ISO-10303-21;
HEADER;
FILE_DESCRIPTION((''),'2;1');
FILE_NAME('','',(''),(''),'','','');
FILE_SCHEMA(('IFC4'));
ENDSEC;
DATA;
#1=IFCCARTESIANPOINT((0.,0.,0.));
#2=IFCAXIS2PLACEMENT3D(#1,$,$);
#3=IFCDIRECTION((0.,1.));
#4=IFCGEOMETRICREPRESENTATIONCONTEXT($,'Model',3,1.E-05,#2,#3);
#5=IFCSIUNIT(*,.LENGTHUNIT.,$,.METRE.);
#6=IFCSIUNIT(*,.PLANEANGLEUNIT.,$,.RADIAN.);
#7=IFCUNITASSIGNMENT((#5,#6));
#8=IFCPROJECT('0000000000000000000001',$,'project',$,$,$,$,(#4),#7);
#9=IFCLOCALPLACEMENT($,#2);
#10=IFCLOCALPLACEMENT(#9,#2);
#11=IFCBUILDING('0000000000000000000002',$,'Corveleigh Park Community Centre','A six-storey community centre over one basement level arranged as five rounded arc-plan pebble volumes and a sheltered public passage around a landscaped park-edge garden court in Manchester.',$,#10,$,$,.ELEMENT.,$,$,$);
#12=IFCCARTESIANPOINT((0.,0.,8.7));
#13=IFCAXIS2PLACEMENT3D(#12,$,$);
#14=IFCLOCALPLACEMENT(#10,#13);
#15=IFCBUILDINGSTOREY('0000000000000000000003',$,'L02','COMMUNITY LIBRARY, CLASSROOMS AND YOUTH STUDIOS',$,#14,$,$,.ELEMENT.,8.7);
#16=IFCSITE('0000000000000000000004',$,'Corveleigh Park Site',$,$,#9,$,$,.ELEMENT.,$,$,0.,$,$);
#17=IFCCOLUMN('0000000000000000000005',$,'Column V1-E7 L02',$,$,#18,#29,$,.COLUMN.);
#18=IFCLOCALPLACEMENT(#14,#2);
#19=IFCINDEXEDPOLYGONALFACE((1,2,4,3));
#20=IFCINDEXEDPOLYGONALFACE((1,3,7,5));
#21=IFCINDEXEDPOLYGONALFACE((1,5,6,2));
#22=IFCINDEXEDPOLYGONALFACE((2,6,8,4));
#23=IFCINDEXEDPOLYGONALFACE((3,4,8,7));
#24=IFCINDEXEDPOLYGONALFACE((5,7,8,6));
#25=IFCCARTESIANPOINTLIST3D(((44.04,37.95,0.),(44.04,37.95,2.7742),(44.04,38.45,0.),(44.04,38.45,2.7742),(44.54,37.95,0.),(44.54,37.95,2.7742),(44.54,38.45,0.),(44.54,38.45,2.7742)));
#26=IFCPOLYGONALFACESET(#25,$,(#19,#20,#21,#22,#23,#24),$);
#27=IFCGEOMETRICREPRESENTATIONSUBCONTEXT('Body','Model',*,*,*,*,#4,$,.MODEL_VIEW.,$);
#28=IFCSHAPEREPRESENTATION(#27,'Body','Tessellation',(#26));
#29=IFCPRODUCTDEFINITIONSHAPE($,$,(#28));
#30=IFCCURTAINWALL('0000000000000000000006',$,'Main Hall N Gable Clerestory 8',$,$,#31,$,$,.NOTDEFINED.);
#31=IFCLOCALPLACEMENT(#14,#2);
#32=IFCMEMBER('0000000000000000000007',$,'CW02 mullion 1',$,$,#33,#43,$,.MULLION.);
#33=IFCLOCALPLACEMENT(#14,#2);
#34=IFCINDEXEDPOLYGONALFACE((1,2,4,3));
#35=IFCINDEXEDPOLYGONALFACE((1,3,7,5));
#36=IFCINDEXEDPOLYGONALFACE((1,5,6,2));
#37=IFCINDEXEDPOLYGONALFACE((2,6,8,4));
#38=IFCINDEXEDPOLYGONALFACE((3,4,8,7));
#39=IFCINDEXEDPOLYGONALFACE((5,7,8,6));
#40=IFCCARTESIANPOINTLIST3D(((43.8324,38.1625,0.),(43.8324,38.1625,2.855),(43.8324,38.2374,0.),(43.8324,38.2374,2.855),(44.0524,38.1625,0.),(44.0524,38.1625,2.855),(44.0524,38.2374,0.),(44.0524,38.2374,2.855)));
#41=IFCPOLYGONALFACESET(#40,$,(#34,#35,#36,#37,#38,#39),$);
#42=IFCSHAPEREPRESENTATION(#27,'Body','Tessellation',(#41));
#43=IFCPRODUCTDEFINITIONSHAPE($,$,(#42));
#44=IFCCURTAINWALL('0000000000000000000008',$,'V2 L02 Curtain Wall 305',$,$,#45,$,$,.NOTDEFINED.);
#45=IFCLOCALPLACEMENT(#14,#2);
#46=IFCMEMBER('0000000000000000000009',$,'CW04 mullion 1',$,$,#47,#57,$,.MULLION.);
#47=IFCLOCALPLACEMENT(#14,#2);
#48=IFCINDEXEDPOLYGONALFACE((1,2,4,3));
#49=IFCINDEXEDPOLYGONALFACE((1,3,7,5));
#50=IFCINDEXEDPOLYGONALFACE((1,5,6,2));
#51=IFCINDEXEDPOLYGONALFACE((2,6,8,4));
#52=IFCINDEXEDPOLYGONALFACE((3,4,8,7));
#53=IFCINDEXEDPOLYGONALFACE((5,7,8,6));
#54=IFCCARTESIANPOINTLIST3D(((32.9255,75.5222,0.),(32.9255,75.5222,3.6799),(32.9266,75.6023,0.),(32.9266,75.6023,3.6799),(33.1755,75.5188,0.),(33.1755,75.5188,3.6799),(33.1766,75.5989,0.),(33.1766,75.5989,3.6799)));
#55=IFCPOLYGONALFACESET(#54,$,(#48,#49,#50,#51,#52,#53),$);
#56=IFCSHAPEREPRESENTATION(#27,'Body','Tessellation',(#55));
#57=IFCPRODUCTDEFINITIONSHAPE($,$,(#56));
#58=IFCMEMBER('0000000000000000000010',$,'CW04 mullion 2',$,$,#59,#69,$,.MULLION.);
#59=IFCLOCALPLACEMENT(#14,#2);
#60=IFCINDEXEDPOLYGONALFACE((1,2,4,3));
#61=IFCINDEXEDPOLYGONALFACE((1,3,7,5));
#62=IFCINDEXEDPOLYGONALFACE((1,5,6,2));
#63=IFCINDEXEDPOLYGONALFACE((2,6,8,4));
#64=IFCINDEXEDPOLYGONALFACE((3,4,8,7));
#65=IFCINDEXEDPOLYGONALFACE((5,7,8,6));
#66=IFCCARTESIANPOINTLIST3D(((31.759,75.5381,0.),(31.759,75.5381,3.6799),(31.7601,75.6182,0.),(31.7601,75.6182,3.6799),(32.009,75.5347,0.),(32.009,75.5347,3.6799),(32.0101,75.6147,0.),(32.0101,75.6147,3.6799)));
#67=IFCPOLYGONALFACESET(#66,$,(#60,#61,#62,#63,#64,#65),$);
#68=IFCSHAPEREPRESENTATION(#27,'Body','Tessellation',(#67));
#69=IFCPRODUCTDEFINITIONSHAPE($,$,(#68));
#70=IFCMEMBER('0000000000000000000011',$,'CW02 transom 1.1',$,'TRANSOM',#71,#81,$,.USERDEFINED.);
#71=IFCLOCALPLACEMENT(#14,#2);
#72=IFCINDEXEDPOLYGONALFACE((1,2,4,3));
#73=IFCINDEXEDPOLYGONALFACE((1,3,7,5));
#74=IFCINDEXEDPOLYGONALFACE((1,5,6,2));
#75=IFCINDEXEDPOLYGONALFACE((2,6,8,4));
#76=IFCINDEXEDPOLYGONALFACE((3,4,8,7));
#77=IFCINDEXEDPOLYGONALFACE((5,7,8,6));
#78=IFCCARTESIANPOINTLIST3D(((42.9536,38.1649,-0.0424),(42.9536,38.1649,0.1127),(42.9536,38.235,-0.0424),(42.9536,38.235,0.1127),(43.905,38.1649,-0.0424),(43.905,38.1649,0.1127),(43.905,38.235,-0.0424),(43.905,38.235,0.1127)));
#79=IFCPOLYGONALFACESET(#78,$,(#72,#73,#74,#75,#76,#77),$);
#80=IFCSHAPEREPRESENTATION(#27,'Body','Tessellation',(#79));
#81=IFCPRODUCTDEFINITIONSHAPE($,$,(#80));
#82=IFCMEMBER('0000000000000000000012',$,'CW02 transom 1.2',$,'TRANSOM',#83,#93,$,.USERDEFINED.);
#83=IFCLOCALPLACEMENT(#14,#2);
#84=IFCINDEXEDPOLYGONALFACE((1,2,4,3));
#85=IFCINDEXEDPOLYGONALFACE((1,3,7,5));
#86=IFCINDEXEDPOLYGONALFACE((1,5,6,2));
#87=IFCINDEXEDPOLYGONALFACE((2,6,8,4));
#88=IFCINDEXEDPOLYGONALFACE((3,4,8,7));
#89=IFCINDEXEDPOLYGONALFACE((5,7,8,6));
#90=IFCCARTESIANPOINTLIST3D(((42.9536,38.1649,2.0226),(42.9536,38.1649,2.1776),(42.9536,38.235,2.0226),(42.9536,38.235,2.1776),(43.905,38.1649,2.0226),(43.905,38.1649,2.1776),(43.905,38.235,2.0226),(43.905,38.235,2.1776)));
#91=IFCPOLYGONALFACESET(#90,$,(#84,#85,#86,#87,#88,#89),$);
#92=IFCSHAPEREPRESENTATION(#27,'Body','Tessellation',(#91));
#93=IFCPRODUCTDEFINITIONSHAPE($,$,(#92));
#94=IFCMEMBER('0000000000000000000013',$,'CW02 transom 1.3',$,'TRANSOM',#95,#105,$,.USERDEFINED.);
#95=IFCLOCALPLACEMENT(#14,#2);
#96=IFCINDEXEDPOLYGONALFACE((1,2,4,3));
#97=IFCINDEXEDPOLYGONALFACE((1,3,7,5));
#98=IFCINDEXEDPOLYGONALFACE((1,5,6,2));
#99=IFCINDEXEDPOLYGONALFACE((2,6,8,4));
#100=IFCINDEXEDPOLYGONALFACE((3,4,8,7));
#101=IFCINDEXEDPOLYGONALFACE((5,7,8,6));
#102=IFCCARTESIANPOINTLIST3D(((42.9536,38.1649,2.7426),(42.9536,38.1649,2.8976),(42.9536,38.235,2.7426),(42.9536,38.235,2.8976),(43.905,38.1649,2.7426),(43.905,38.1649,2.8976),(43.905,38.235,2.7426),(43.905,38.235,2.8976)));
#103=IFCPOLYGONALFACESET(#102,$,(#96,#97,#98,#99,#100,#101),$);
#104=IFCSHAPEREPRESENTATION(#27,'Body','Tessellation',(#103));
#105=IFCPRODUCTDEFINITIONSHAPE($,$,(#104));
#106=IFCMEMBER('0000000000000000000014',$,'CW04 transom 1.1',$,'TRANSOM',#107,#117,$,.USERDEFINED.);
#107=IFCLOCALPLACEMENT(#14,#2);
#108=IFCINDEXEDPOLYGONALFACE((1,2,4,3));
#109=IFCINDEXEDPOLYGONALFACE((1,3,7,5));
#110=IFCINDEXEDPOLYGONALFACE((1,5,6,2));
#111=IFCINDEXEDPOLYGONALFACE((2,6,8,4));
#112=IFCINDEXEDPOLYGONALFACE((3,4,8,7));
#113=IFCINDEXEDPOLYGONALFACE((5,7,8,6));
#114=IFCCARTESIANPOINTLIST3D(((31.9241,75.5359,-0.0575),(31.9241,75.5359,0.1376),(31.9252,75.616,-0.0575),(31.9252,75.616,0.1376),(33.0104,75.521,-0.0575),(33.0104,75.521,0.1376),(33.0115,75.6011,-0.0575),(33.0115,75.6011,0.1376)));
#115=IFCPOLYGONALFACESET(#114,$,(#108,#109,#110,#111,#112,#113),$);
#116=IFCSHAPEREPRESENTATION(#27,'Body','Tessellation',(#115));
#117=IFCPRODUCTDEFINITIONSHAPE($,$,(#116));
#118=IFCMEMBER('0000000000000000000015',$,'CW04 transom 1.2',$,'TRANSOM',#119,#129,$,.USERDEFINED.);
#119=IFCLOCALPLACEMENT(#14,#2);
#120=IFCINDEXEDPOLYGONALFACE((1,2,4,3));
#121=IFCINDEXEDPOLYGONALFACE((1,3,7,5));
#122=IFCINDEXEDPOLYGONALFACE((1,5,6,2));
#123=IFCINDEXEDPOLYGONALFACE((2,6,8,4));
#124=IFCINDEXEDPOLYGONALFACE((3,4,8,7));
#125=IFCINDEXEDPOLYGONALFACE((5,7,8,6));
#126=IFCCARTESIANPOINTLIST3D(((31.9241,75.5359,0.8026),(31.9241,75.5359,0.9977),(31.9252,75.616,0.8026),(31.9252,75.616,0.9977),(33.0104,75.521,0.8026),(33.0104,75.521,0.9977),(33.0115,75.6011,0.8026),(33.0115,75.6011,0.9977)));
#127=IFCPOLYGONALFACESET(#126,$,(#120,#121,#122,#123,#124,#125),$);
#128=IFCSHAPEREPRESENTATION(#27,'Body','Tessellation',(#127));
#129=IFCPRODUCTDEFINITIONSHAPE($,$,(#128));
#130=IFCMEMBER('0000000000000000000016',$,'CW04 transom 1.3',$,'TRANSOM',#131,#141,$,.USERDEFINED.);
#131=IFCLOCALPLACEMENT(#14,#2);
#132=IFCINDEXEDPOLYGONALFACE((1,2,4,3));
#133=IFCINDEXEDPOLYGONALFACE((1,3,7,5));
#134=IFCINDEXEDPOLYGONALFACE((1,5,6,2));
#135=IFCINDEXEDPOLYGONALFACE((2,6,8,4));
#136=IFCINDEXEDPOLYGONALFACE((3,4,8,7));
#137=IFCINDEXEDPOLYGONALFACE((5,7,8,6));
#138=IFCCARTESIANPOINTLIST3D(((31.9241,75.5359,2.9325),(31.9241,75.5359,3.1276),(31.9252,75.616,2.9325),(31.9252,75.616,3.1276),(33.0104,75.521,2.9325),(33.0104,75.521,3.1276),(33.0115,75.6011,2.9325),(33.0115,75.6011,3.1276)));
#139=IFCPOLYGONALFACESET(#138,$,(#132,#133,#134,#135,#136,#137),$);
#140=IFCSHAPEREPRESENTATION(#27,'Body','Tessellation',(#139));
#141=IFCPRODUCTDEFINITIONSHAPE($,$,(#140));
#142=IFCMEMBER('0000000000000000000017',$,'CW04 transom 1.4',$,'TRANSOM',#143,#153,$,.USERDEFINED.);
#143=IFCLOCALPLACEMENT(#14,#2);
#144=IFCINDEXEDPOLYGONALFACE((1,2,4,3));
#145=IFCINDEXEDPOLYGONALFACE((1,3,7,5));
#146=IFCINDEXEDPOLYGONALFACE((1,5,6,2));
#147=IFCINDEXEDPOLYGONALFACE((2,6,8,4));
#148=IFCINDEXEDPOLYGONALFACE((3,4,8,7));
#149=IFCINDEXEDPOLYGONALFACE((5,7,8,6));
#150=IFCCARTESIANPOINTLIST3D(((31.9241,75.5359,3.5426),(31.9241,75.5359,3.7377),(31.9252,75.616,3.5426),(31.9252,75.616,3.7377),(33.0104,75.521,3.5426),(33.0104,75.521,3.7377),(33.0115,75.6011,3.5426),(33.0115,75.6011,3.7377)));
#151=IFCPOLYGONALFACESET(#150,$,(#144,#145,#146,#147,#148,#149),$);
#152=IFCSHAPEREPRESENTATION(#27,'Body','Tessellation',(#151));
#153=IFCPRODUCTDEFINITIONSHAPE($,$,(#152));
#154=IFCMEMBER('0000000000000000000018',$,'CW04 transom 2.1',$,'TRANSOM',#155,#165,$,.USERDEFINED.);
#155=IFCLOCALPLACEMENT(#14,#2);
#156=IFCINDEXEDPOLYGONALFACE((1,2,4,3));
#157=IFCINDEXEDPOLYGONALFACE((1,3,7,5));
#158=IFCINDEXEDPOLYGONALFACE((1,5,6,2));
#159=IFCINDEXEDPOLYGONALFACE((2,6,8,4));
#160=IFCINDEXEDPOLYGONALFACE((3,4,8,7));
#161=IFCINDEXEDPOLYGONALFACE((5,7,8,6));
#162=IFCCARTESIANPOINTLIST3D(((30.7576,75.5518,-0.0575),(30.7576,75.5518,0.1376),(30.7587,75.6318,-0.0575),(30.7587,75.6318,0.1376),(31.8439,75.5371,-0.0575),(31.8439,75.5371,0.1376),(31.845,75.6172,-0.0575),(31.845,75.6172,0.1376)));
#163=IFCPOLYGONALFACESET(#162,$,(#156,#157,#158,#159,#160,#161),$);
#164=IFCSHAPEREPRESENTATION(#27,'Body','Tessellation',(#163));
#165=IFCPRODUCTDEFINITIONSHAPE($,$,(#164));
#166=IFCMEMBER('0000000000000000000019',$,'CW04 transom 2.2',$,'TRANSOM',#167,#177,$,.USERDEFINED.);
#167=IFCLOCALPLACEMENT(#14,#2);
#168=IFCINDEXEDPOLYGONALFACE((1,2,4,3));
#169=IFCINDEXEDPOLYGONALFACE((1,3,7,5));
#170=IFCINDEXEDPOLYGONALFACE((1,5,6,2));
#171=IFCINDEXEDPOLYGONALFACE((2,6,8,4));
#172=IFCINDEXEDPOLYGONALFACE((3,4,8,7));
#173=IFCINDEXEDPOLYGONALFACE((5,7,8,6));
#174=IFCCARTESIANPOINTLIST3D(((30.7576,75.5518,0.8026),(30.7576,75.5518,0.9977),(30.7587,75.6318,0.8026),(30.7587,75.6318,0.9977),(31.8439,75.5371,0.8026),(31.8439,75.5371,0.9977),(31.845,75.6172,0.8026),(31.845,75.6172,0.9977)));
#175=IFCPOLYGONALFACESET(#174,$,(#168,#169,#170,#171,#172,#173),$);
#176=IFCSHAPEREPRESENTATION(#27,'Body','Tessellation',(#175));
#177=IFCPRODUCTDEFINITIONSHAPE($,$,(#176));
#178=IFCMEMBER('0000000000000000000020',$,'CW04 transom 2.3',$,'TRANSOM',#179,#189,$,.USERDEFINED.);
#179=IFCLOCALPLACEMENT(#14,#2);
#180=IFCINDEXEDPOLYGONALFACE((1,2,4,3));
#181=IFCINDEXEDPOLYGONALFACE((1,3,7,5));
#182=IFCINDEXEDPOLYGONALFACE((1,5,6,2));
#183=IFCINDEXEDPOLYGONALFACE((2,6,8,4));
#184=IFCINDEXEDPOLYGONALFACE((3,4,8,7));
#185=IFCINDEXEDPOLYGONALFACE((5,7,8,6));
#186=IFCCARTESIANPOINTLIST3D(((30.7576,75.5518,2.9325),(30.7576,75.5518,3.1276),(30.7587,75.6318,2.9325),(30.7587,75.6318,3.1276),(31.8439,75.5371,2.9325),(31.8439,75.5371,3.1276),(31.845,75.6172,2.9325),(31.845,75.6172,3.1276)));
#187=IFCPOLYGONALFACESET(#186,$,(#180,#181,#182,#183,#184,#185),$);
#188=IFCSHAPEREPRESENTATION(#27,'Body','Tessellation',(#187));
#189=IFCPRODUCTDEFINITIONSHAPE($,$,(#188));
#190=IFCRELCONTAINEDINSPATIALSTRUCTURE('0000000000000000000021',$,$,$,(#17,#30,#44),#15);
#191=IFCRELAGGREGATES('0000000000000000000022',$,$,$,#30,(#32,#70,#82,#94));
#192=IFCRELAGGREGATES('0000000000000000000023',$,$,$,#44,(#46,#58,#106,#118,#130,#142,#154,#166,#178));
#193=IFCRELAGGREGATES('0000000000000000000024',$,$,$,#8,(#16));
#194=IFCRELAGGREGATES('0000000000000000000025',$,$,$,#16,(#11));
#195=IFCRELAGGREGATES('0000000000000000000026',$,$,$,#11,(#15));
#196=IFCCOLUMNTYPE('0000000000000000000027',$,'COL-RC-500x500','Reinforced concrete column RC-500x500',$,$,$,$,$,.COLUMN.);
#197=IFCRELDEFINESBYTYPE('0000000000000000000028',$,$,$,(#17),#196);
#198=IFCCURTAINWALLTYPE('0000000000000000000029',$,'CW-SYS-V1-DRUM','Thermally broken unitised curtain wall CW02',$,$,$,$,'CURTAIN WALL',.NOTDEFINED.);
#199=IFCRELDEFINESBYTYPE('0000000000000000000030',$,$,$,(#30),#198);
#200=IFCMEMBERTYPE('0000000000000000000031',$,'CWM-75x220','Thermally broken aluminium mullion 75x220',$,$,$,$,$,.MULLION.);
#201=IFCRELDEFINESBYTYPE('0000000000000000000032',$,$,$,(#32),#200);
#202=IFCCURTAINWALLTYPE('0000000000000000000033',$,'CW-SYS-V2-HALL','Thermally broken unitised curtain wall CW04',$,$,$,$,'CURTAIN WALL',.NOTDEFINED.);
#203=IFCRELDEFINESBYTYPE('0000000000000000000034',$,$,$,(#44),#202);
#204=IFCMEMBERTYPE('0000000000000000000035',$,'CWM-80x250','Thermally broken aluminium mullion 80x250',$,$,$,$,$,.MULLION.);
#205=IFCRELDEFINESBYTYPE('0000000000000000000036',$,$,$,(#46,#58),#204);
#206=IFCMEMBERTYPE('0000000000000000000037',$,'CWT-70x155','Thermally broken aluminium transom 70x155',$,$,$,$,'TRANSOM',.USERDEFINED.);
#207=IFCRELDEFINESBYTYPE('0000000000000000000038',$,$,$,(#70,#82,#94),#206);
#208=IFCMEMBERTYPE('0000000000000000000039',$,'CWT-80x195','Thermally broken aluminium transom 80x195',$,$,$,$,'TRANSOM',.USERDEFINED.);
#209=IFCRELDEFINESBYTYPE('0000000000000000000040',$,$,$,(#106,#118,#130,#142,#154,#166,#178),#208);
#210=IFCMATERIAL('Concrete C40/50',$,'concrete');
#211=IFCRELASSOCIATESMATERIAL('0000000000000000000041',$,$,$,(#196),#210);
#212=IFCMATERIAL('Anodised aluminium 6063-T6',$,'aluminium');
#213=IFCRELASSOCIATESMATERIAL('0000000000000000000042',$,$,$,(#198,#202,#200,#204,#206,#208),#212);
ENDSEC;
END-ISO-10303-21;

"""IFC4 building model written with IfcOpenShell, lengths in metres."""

from ifc_helpers import new_model, si_unit, direction, frame, origin, origin_2d, place, context, subcontext, project, spatial, rectangle, extrude, material, material_profile, profile_set, type_object, element, aggregate, save


model = new_model("IFC4")

# Units and contexts
model_context = context("Model", 3, precision=1e-05, world=origin(), true_north=direction((0.0, 1.0)))
body_context = subcontext(model_context, "Body", "Model", "MODEL_VIEW")
ifc_project = project(units=[si_unit("LENGTHUNIT", "METRE"), si_unit("PLANEANGLEUNIT", "RADIAN")], contexts=[model_context])

# Site, building, storey
site_placement = place(None, origin())
site = spatial("IfcSite", under=ifc_project, at=site_placement, Name="Corveleigh Park Site", CompositionType="ELEMENT", RefElevation=0.0)
building_placement = place(site_placement, origin())
building = spatial("IfcBuilding", under=site, at=building_placement, Name="Corveleigh Park Community Centre", Description="A six-storey community centre over one basement level arranged as five rounded arc-plan pebble volumes and a sheltered public passage around a landscaped park-edge garden court in Manchester.", CompositionType="ELEMENT")
storey_placement = place(building_placement, frame((0.0, 0.0, 8.7)))
storey = spatial("IfcBuildingStorey", under=building, at=storey_placement, Name="L02", Description="COMMUNITY LIBRARY, CLASSROOMS AND YOUTH STUDIOS", CompositionType="ELEMENT", Elevation=8.7)

# Column
ifc_material_1 = material(Name="Concrete C40/50", Category="concrete")
ifc_material_profile_1 = material_profile(ifc_material_1, rectangle(XDim=0.5, YDim=0.5, at=origin_2d()), Name="RC-500x500", Category="concrete")
ifc_profile_set_1 = profile_set([ifc_material_profile_1], Name="Concrete C40/50")
column_type = type_object("IfcColumnType", Name="COL-RC-500x500", Description="Reinforced concrete column RC-500x500", PredefinedType="COLUMN", material=ifc_profile_set_1)
column_placement = place(storey_placement, frame((44.29, 38.2, 0.0), z_axis=(0.0, 0.0, 1.0), x_axis=(1.0, 0.0, 0.0)))
element("IfcColumn", 1, at=column_placement, inside=storey, type_object=column_type, Name="Column V1-E7 L02", PredefinedType="COLUMN", context=body_context, shape_type="SweptSolid", body=[
    extrude(rectangle(XDim=0.5, YDim=0.5, at=origin_2d()), origin(), (0.0, 0.0, 1.0), 2.7742),
])

# Curtain wall, member
ifc_material_2 = material(Name="Anodised aluminium 6063-T6", Category="aluminium")
curtain_wall_type_1 = type_object("IfcCurtainWallType", Name="CW-SYS-V1-DRUM", Description="Thermally broken unitised curtain wall CW02", ElementType="CURTAIN WALL", PredefinedType="NOTDEFINED", material=ifc_material_2)
curtain_wall_1_placement = place(storey_placement, origin())
curtain_wall_1 = element("IfcCurtainWall", 2, at=curtain_wall_1_placement, inside=storey, type_object=curtain_wall_type_1, Name="Main Hall N Gable Clerestory 8", PredefinedType="NOTDEFINED")
ifc_material_profile_2 = material_profile(ifc_material_2, rectangle(XDim=0.075, YDim=0.22, at=origin_2d()), Name="ALU-M75x220", Category="aluminium")
ifc_profile_set_2 = profile_set([ifc_material_profile_2], Name="Anodised aluminium 6063-T6")
member_type_1 = type_object("IfcMemberType", Name="CWM-75x220", Description="Thermally broken aluminium mullion 75x220", PredefinedType="MULLION", material=ifc_profile_set_2)
member_1_placement = place(storey_placement, frame((43.9424, 38.2, 0.0), z_axis=(0.0, 0.0, 1.0), x_axis=(0.0, -1.0, 0.0)))
member_1 = element("IfcMember", 3, at=member_1_placement, type_object=member_type_1, Name="CW02 mullion 1", PredefinedType="MULLION", context=body_context, shape_type="SweptSolid", body=[
    extrude(rectangle(XDim=0.075, YDim=0.22, at=origin_2d()), origin(), (0.0, 0.0, 1.0), 2.855),
])

# Curtain wall, members
curtain_wall_type_2 = type_object("IfcCurtainWallType", Name="CW-SYS-V2-HALL", Description="Thermally broken unitised curtain wall CW04", ElementType="CURTAIN WALL", PredefinedType="NOTDEFINED", material=ifc_material_2)
curtain_wall_2_placement = place(storey_placement, origin())
curtain_wall_2 = element("IfcCurtainWall", 4, at=curtain_wall_2_placement, inside=storey, type_object=curtain_wall_type_2, Name="V2 L02 Curtain Wall 305", PredefinedType="NOTDEFINED")
ifc_material_profile_3 = material_profile(ifc_material_2, rectangle(XDim=0.0801, YDim=0.25, at=origin_2d()), Name="ALU-M80x250", Category="aluminium")
ifc_profile_set_3 = profile_set([ifc_material_profile_3], Name="Anodised aluminium 6063-T6")
member_type_2 = type_object("IfcMemberType", Name="CWM-80x250", Description="Thermally broken aluminium mullion 80x250", PredefinedType="MULLION", material=ifc_profile_set_3)
member_2_placement = place(storey_placement, frame((33.051, 75.5605, 0.0), z_axis=(0.0, 0.0, 1.0), x_axis=(-0.013675, -0.999906, 0.0)))
member_2 = element("IfcMember", 5, at=member_2_placement, type_object=member_type_2, Name="CW04 mullion 1", PredefinedType="MULLION", context=body_context, shape_type="SweptSolid", body=[
    extrude(rectangle(XDim=0.0801, YDim=0.25, at=origin_2d()), origin(), (0.0, 0.0, 1.0), 3.6799),
])
member_3_placement = place(storey_placement, frame((31.8845, 75.5764, 0.0), z_axis=(0.0, 0.0, 1.0), x_axis=(-0.013675, -0.999906, 0.0)))
member_3 = element("IfcMember", 6, at=member_3_placement, type_object=member_type_2, Name="CW04 mullion 2", PredefinedType="MULLION", context=body_context, shape_type="SweptSolid", body=[
    extrude(rectangle(XDim=0.0801, YDim=0.25, at=origin_2d()), origin(), (0.0, 0.0, 1.0), 3.6799),
])

# Members
ifc_material_profile_4 = material_profile(ifc_material_2, rectangle(XDim=0.0701, YDim=0.155, at=origin_2d()), Name="ALU-T70x155", Category="aluminium")
ifc_profile_set_4 = profile_set([ifc_material_profile_4], Name="Anodised aluminium 6063-T6")
member_type_3 = type_object("IfcMemberType", Name="CWT-70x155", Description="Thermally broken aluminium transom 70x155", ElementType="TRANSOM", PredefinedType="USERDEFINED", material=ifc_profile_set_4)
member_4_placement = place(storey_placement, frame((43.905, 38.2, 0.0352), z_axis=(-1.0, 0.0, 0.0), x_axis=(0.0, -1.0, 0.0)))
member_4 = element("IfcMember", 7, at=member_4_placement, type_object=member_type_3, Name="CW02 transom 1.1", ObjectType="TRANSOM", PredefinedType="USERDEFINED", context=body_context, shape_type="SweptSolid", body=[
    extrude(rectangle(XDim=0.0701, YDim=0.155, at=origin_2d()), origin(), (0.0, 0.0, 1.0), 0.9514),
])
member_5_placement = place(storey_placement, frame((43.905, 38.2, 2.1001), z_axis=(-1.0, 0.0, 0.0), x_axis=(0.0, -1.0, 0.0)))
member_5 = element("IfcMember", 8, at=member_5_placement, type_object=member_type_3, Name="CW02 transom 1.2", ObjectType="TRANSOM", PredefinedType="USERDEFINED", context=body_context, shape_type="SweptSolid", body=[
    extrude(rectangle(XDim=0.0701, YDim=0.155, at=origin_2d()), origin(), (0.0, 0.0, 1.0), 0.9514),
])
member_6_placement = place(storey_placement, frame((43.905, 38.2, 2.8201), z_axis=(-1.0, 0.0, 0.0), x_axis=(0.0, -1.0, 0.0)))
member_6 = element("IfcMember", 9, at=member_6_placement, type_object=member_type_3, Name="CW02 transom 1.3", ObjectType="TRANSOM", PredefinedType="USERDEFINED", context=body_context, shape_type="SweptSolid", body=[
    extrude(rectangle(XDim=0.0701, YDim=0.155, at=origin_2d()), origin(), (0.0, 0.0, 1.0), 0.9514),
])
aggregate(curtain_wall_1, [member_1, member_4, member_5, member_6])
ifc_material_profile_5 = material_profile(ifc_material_2, rectangle(XDim=0.0801, YDim=0.1951, at=origin_2d()), Name="ALU-T80x195", Category="aluminium")
ifc_profile_set_5 = profile_set([ifc_material_profile_5], Name="Anodised aluminium 6063-T6")
member_type_4 = type_object("IfcMemberType", Name="CWT-80x195", Description="Thermally broken aluminium transom 80x195", ElementType="TRANSOM", PredefinedType="USERDEFINED", material=ifc_profile_set_5)
member_7_placement = place(storey_placement, frame((33.011, 75.561, 0.04), z_axis=(-0.999906, 0.013707, 0.0), x_axis=(-0.013707, -0.999906, 0.0)))
member_7 = element("IfcMember", 10, at=member_7_placement, type_object=member_type_4, Name="CW04 transom 1.1", ObjectType="TRANSOM", PredefinedType="USERDEFINED", context=body_context, shape_type="SweptSolid", body=[
    extrude(rectangle(XDim=0.0801, YDim=0.1951, at=origin_2d()), origin(), (0.0, 0.0, 1.0), 1.0864),
])
member_8_placement = place(storey_placement, frame((33.011, 75.561, 0.9001), z_axis=(-0.999906, 0.013707, 0.0), x_axis=(-0.013707, -0.999906, 0.0)))
member_8 = element("IfcMember", 11, at=member_8_placement, type_object=member_type_4, Name="CW04 transom 1.2", ObjectType="TRANSOM", PredefinedType="USERDEFINED", context=body_context, shape_type="SweptSolid", body=[
    extrude(rectangle(XDim=0.0801, YDim=0.1951, at=origin_2d()), origin(), (0.0, 0.0, 1.0), 1.0864),
])
member_9_placement = place(storey_placement, frame((33.011, 75.561, 3.03), z_axis=(-0.999906, 0.013707, 0.0), x_axis=(-0.013707, -0.999906, 0.0)))
member_9 = element("IfcMember", 12, at=member_9_placement, type_object=member_type_4, Name="CW04 transom 1.3", ObjectType="TRANSOM", PredefinedType="USERDEFINED", context=body_context, shape_type="SweptSolid", body=[
    extrude(rectangle(XDim=0.0801, YDim=0.1951, at=origin_2d()), origin(), (0.0, 0.0, 1.0), 1.0864),
])
member_10_placement = place(storey_placement, frame((33.011, 75.561, 3.6401), z_axis=(-0.999906, 0.013707, 0.0), x_axis=(-0.013707, -0.999906, 0.0)))
member_10 = element("IfcMember", 13, at=member_10_placement, type_object=member_type_4, Name="CW04 transom 1.4", ObjectType="TRANSOM", PredefinedType="USERDEFINED", context=body_context, shape_type="SweptSolid", body=[
    extrude(rectangle(XDim=0.0801, YDim=0.1951, at=origin_2d()), origin(), (0.0, 0.0, 1.0), 1.0864),
])
member_11_placement = place(storey_placement, frame((31.8445, 75.5771, 0.04), z_axis=(-0.999909, 0.013482, 0.0), x_axis=(-0.013482, -0.999909, 0.0)))
member_11 = element("IfcMember", 14, at=member_11_placement, type_object=member_type_4, Name="CW04 transom 2.1", ObjectType="TRANSOM", PredefinedType="USERDEFINED", context=body_context, shape_type="SweptSolid", body=[
    extrude(rectangle(XDim=0.0801, YDim=0.1951, at=origin_2d()), origin(), (0.0, 0.0, 1.0), 1.0864),
])
member_12_placement = place(storey_placement, frame((31.8445, 75.5771, 0.9001), z_axis=(-0.999909, 0.013482, 0.0), x_axis=(-0.013482, -0.999909, 0.0)))
member_12 = element("IfcMember", 15, at=member_12_placement, type_object=member_type_4, Name="CW04 transom 2.2", ObjectType="TRANSOM", PredefinedType="USERDEFINED", context=body_context, shape_type="SweptSolid", body=[
    extrude(rectangle(XDim=0.0801, YDim=0.1951, at=origin_2d()), origin(), (0.0, 0.0, 1.0), 1.0864),
])
member_13_placement = place(storey_placement, frame((31.8445, 75.5771, 3.03), z_axis=(-0.999909, 0.013482, 0.0), x_axis=(-0.013482, -0.999909, 0.0)))
member_13 = element("IfcMember", 16, at=member_13_placement, type_object=member_type_4, Name="CW04 transom 2.3", ObjectType="TRANSOM", PredefinedType="USERDEFINED", context=body_context, shape_type="SweptSolid", body=[
    extrude(rectangle(XDim=0.0801, YDim=0.1951, at=origin_2d()), origin(), (0.0, 0.0, 1.0), 1.0864),
])

aggregate(curtain_wall_2, [member_2, member_3, member_7, member_8, member_9, member_10, member_11, member_12, member_13])

save(model, "model.ifc")
